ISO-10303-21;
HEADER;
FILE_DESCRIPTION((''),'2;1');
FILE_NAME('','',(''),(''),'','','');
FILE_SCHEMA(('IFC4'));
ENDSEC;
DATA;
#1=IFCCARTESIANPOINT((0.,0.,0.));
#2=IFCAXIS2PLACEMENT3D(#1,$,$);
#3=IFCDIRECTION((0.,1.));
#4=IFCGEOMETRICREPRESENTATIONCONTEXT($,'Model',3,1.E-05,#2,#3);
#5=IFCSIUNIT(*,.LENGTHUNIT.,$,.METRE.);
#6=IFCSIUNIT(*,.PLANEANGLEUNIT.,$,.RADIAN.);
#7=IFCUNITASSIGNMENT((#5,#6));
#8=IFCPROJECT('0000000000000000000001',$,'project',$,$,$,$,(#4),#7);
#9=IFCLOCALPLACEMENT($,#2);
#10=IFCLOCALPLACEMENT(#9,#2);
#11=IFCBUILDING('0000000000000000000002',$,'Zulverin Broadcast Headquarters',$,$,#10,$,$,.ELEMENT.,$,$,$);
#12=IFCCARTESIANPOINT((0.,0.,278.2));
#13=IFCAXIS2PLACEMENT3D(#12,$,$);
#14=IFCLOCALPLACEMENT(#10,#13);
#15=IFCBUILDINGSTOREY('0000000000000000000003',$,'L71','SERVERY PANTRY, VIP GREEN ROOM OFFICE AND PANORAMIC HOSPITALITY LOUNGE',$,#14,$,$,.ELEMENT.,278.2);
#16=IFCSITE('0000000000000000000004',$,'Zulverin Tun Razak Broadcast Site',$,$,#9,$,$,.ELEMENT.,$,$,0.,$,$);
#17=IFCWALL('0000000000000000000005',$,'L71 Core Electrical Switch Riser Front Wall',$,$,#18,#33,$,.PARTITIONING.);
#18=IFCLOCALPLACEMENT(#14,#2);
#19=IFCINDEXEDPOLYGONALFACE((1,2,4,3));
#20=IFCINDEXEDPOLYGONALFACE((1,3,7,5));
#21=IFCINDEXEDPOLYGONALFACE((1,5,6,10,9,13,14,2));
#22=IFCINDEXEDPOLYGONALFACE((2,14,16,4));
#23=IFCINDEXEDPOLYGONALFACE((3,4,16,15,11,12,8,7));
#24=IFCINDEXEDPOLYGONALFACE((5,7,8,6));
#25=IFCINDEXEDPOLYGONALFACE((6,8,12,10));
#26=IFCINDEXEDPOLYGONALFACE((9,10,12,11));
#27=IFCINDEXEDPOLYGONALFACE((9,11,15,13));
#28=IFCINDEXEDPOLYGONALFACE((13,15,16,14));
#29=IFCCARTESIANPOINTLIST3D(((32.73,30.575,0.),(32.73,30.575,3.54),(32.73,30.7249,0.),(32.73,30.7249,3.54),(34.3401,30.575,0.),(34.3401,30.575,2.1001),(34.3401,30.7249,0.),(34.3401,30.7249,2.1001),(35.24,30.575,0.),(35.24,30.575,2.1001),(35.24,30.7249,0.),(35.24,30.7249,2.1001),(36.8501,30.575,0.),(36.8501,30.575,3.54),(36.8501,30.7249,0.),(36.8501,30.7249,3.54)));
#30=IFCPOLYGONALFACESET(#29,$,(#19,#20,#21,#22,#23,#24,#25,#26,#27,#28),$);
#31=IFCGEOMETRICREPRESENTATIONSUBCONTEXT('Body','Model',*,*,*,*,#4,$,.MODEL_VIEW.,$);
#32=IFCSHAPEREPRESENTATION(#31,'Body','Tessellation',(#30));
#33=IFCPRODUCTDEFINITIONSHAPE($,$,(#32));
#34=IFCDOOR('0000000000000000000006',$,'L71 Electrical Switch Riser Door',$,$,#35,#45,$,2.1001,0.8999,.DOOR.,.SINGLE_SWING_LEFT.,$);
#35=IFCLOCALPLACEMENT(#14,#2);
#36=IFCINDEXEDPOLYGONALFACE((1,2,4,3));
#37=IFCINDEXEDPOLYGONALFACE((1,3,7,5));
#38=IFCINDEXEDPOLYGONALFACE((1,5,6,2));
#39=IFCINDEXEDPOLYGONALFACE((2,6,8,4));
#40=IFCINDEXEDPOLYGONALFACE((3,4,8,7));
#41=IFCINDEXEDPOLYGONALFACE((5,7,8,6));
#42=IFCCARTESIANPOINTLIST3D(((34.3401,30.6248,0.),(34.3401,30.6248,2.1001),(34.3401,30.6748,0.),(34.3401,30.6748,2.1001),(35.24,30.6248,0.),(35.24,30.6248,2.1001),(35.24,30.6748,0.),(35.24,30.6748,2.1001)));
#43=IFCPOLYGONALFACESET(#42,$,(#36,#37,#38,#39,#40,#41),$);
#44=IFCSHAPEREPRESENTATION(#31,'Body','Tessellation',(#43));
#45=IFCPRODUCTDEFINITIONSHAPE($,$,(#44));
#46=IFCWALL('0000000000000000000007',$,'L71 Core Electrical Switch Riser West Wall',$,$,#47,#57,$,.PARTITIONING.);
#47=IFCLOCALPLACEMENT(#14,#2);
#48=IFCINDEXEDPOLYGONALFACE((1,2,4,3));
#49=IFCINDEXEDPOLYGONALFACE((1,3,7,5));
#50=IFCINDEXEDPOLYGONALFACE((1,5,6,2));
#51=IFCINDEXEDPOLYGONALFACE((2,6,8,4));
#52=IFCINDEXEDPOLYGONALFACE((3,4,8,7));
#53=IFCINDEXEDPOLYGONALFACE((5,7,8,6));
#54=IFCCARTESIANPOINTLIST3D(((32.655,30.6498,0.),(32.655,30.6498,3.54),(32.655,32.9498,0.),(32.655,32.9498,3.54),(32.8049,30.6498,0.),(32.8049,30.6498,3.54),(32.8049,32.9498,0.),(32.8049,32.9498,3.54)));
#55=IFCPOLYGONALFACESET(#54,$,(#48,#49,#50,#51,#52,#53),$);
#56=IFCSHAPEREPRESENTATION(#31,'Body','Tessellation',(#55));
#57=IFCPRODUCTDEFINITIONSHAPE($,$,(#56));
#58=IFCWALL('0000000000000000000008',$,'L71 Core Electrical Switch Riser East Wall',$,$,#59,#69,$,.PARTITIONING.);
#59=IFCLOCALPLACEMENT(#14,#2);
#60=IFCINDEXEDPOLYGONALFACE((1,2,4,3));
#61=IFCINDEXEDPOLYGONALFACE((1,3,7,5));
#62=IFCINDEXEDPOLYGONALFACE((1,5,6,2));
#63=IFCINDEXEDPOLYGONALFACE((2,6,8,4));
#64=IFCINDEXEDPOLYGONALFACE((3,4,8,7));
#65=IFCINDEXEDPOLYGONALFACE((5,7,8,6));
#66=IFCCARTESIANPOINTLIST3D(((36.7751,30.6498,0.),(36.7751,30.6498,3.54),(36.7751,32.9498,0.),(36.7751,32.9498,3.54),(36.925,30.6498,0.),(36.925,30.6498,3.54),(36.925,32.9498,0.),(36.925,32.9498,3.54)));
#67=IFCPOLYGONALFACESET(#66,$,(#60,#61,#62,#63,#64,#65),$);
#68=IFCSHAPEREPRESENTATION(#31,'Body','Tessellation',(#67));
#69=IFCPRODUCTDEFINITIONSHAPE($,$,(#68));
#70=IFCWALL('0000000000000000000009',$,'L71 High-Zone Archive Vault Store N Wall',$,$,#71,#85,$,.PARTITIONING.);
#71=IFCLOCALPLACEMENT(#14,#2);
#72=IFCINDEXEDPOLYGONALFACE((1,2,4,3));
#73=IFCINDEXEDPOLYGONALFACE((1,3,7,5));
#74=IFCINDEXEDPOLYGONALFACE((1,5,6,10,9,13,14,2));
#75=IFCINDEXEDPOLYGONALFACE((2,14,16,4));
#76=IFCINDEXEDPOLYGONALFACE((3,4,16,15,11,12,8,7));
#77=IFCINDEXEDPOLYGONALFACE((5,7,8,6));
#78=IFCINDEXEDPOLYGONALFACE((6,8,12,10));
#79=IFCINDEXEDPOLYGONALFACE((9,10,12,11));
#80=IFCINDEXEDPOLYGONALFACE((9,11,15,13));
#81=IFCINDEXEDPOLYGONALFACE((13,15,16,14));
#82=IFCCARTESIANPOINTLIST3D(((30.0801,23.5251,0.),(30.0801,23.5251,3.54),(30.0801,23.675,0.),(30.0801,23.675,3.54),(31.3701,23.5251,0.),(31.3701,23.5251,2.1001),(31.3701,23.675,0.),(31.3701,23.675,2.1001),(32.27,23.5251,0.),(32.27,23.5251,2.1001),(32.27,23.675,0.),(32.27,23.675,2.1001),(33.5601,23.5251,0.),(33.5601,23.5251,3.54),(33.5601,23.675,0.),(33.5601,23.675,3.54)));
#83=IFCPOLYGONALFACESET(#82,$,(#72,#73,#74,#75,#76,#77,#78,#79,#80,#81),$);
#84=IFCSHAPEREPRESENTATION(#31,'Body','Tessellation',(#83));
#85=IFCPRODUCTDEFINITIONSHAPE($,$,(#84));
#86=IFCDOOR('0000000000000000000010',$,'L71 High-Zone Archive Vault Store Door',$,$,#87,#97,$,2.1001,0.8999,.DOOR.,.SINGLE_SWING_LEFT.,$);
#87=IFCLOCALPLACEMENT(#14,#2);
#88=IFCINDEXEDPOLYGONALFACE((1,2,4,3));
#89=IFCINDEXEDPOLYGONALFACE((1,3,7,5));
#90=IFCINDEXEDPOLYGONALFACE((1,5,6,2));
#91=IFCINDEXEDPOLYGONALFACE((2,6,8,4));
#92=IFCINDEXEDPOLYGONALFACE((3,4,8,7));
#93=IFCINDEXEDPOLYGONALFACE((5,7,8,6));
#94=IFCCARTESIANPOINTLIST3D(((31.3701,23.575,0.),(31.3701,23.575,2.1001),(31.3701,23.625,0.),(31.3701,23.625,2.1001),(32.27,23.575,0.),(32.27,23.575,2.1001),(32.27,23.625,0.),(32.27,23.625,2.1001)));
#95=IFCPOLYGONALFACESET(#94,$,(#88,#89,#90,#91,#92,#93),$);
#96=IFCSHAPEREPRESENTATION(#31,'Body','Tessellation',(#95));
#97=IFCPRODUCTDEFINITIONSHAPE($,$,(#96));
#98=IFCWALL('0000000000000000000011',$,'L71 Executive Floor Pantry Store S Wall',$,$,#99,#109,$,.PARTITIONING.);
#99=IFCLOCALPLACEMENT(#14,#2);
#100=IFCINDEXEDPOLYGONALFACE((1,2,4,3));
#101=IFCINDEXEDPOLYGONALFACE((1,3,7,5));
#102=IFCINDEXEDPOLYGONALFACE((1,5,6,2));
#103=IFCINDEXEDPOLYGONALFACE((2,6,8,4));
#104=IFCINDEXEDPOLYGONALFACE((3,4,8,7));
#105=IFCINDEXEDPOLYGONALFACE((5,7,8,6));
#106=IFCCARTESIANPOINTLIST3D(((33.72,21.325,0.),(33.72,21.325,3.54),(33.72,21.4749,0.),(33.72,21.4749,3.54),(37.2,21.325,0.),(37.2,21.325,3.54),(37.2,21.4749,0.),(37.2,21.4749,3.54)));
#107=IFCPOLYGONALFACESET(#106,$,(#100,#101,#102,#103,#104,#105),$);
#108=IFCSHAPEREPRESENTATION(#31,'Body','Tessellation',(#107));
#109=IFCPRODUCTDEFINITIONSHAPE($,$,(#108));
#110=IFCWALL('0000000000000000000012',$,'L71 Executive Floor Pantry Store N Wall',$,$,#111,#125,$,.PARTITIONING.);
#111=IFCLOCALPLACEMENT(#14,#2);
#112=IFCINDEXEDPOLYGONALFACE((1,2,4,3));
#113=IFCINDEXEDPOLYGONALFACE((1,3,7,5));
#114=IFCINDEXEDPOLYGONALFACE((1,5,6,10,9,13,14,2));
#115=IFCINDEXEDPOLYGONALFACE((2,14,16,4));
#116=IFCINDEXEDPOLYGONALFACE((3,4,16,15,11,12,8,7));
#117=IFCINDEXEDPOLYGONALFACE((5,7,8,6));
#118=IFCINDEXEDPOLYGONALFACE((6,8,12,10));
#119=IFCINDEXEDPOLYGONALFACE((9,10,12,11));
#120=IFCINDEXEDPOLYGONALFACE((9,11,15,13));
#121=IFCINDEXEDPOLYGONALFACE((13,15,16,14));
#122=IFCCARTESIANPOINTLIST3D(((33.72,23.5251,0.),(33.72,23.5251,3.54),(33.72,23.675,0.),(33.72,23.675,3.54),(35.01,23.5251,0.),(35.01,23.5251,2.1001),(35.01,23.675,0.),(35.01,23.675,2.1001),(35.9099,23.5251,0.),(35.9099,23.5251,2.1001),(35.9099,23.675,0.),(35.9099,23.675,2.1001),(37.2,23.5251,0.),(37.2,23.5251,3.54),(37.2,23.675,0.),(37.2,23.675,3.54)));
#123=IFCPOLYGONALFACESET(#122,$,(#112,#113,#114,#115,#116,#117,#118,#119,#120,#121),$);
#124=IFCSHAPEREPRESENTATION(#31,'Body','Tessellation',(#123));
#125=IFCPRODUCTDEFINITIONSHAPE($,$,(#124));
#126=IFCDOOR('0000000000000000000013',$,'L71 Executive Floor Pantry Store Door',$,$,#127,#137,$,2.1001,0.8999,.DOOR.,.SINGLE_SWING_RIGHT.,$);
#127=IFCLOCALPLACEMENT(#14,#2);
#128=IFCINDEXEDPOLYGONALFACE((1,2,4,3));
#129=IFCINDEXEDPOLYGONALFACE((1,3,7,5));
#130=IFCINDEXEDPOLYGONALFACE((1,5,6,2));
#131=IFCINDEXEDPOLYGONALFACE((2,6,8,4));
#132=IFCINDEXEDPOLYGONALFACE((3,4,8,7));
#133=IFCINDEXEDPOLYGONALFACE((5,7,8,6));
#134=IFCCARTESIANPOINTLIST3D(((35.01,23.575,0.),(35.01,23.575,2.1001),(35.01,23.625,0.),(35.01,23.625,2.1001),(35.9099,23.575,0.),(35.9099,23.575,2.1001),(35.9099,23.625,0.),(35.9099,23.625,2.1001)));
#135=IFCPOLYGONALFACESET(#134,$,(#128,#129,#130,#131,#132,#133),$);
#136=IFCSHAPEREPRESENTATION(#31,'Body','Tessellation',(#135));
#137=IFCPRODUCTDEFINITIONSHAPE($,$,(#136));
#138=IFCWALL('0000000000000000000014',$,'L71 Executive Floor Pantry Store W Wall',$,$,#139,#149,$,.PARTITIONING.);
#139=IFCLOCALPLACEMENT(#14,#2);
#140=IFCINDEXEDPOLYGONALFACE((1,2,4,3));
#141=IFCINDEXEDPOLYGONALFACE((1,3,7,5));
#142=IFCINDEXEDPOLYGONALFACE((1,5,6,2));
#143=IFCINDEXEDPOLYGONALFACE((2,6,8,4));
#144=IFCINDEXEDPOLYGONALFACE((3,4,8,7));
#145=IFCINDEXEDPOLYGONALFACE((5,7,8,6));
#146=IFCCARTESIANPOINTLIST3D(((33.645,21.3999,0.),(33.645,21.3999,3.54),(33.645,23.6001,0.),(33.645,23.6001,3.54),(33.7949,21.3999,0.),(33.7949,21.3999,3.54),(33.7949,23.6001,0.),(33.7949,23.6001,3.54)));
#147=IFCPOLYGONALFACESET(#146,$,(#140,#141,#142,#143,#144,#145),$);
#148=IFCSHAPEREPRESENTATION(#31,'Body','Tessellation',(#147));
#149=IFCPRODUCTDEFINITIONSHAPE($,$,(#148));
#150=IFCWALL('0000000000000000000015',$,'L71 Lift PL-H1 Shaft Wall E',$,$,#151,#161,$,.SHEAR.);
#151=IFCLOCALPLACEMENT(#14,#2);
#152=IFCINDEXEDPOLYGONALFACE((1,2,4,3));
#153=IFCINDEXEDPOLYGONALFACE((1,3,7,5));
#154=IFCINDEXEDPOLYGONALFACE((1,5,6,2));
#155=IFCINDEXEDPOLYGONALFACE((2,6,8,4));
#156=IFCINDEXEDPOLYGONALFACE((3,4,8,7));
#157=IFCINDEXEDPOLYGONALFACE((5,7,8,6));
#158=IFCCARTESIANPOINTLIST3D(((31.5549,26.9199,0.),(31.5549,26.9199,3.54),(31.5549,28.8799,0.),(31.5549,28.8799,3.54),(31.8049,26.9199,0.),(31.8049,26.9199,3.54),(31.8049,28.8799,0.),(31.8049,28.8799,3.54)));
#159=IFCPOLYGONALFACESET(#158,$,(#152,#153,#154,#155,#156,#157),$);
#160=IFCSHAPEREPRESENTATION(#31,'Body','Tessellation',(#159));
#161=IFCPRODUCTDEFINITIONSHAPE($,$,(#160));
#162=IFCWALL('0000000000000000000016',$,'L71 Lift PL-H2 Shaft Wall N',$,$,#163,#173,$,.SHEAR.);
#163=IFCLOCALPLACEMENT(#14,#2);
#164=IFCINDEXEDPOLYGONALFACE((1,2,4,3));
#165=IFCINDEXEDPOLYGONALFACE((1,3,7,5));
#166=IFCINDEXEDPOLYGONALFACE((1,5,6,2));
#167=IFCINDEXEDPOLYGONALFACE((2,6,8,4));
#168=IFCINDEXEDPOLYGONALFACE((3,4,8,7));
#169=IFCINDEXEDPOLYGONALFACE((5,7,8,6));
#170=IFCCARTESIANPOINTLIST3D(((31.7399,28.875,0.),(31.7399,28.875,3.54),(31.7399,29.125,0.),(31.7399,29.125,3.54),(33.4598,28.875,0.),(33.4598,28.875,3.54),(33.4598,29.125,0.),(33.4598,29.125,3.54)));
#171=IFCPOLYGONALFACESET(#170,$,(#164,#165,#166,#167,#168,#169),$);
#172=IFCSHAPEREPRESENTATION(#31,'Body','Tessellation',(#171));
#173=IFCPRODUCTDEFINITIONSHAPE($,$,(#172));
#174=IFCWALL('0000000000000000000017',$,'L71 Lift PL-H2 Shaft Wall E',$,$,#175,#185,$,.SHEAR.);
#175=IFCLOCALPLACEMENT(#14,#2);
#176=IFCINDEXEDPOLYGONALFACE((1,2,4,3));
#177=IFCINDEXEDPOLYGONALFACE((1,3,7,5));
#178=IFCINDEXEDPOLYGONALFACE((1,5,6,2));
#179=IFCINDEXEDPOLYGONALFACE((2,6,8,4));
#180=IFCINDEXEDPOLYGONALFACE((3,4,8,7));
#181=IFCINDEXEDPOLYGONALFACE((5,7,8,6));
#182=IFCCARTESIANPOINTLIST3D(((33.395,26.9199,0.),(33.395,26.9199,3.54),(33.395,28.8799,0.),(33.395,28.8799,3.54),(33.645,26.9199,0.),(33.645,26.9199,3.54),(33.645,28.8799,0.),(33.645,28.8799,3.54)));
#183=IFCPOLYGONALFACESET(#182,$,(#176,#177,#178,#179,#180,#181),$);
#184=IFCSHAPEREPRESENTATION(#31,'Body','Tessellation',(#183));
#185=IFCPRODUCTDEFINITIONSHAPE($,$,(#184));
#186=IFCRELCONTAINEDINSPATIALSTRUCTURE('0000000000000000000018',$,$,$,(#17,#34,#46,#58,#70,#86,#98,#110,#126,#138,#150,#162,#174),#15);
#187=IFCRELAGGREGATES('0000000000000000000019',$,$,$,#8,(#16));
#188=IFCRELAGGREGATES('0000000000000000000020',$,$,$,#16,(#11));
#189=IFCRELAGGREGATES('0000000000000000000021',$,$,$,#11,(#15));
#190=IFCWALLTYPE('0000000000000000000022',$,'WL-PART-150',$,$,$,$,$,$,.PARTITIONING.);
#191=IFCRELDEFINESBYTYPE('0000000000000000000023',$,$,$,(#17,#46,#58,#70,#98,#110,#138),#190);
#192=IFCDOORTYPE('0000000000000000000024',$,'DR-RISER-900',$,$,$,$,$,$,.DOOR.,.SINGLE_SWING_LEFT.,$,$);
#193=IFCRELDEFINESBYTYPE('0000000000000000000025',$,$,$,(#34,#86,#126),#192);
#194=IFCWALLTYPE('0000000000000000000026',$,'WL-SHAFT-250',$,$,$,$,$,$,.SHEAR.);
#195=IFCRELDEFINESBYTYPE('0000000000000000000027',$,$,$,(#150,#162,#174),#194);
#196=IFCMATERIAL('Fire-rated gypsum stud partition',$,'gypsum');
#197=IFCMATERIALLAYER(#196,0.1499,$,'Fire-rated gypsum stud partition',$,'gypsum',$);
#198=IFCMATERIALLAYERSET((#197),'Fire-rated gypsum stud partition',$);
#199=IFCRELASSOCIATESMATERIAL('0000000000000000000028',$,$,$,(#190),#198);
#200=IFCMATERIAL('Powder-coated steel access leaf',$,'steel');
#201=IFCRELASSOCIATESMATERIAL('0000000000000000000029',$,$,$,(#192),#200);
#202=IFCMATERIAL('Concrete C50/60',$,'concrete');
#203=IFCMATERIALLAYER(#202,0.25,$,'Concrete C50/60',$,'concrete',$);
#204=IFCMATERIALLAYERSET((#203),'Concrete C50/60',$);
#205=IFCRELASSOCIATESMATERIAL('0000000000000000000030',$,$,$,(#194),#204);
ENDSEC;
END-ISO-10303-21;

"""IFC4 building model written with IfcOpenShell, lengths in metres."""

from ifc_helpers import new_model, si_unit, direction, frame, frame_2d, origin, place, context, subcontext, project, spatial, rectangle, extrude, material, layer, layer_set, type_object, element, fill, save


model = new_model("IFC4")

# Units and contexts
model_context = context("Model", 3, precision=1e-05, world=origin(), true_north=direction((0.0, 1.0)))
body_context = subcontext(model_context, "Body", "Model", "MODEL_VIEW")
ifc_project = project(units=[si_unit("LENGTHUNIT", "METRE"), si_unit("PLANEANGLEUNIT", "RADIAN")], contexts=[model_context])

# Site, building, storey
site_placement = place(None, origin())
site = spatial("IfcSite", under=ifc_project, at=site_placement, Name="Zulverin Tun Razak Broadcast Site", CompositionType="ELEMENT", RefElevation=0.0)
building_placement = place(site_placement, origin())
building = spatial("IfcBuilding", under=site, at=building_placement, Name="Zulverin Broadcast Headquarters", CompositionType="ELEMENT")
storey_placement = place(building_placement, frame((0.0, 0.0, 278.2)))
storey = spatial("IfcBuildingStorey", under=building, at=storey_placement, Name="L71", Description="SERVERY PANTRY, VIP GREEN ROOM OFFICE AND PANORAMIC HOSPITALITY LOUNGE", CompositionType="ELEMENT", Elevation=278.2)

# Wall, opening, door
ifc_material_1 = material(Name="Fire-rated gypsum stud partition", Category="gypsum")
ifc_layer_1 = layer(ifc_material_1, 0.1499, Name="Fire-rated gypsum stud partition", Category="gypsum")
ifc_layer_set_1 = layer_set([ifc_layer_1], Name="Fire-rated gypsum stud partition")
wall_type_1 = type_object("IfcWallType", Name="WL-PART-150", PredefinedType="PARTITIONING", material=ifc_layer_set_1)
wall_1_placement = place(storey_placement, frame((32.73, 30.6499, 0.0), z_axis=(0.0, 0.0, 1.0), x_axis=(1.0, 0.0, 0.0)))
wall_1 = element("IfcWall", 1, at=wall_1_placement, inside=storey, type_object=wall_type_1, Name="L71 Core Electrical Switch Riser Front Wall", PredefinedType="PARTITIONING", context=body_context, shape_type="SweptSolid", body=[
    extrude(rectangle(XDim=4.1201, YDim=0.1499, at=frame_2d((2.0601, 0.0))), origin(), (0.0, 0.0, 1.0), 3.54),
])
opening_1_placement = place(wall_1_placement, frame((1.6101, 0.0, 0.0)))
opening_1 = element("IfcOpeningElement", 2, at=opening_1_placement, cuts=wall_1, PredefinedType="OPENING", context=body_context, shape_type="SweptSolid", body=[
    extrude(rectangle(XDim=0.8999, YDim=2.1001, at=frame_2d((0.45, 1.05))), frame((0.0, 0.085, 0.0), z_axis=(0.0, -1.0, 0.0), x_axis=(1.0, 0.0, 0.0)), (0.0, 0.0, 1.0), 0.1699),
])
ifc_material_2 = material(Name="Powder-coated steel access leaf", Category="steel")
door_type_1 = type_object("IfcDoorType", Name="DR-RISER-900", OperationType="SINGLE_SWING_LEFT", PredefinedType="DOOR", material=ifc_material_2)
door_1_placement = place(opening_1_placement, origin())
door_1 = element("IfcDoor", 3, at=door_1_placement, inside=storey, type_object=door_type_1, Name="L71 Electrical Switch Riser Door", OperationType="SINGLE_SWING_LEFT", OverallHeight=2.1001, OverallWidth=0.8999, PredefinedType="DOOR", context=body_context, shape_type="SweptSolid", body=[
    extrude(rectangle(XDim=0.8999, YDim=2.1001, at=frame_2d((0.45, 1.05))), frame((0.0, 0.0249, 0.0), z_axis=(0.0, -1.0, 0.0), x_axis=(1.0, 0.0, 0.0)), (0.0, 0.0, 1.0), 0.05),
])
fill(opening_1, door_1)

# Walls
for number, where, z_axis, x_axis, name in (
    (4, (32.73, 30.6499, 0.0), (0.0, 0.0, 1.0), (0.0, 1.0, 0.0), "L71 Core Electrical Switch Riser West Wall"),
    (5, (36.8501, 30.6499, 0.0), (0.0, 0.0, 1.0), (0.0, 1.0, 0.0), "L71 Core Electrical Switch Riser East Wall"),
):
    element("IfcWall", number, at=place(storey_placement, frame(where, z_axis=z_axis, x_axis=x_axis)), inside=storey, type_object=wall_type_1, Name=name, PredefinedType="PARTITIONING", context=body_context, shape_type="SweptSolid", body=[
        extrude(rectangle(XDim=2.3, YDim=0.1499, at=frame_2d((1.1499, 0.0))), origin(), (0.0, 0.0, 1.0), 3.54),
    ])

# Wall, opening, door
wall_2_placement = place(storey_placement, frame((30.0801, 23.6001, 0.0), z_axis=(0.0, 0.0, 1.0), x_axis=(1.0, 0.0, 0.0)))
wall_2 = element("IfcWall", 6, at=wall_2_placement, inside=storey, type_object=wall_type_1, Name="L71 High-Zone Archive Vault Store N Wall", PredefinedType="PARTITIONING", context=body_context, shape_type="SweptSolid", body=[
    extrude(rectangle(XDim=3.48, YDim=0.1499, at=frame_2d((1.74, 0.0))), origin(), (0.0, 0.0, 1.0), 3.54),
])
opening_2_placement = place(wall_2_placement, frame((1.29, 0.0, 0.0)))
opening_2 = element("IfcOpeningElement", 7, at=opening_2_placement, cuts=wall_2, PredefinedType="OPENING", context=body_context, shape_type="SweptSolid", body=[
    extrude(rectangle(XDim=0.8999, YDim=2.1001, at=frame_2d((0.45, 1.05))), frame((0.0, 0.085, 0.0), z_axis=(0.0, -1.0, 0.0), x_axis=(1.0, 0.0, 0.0)), (0.0, 0.0, 1.0), 0.1699),
])
door_2_placement = place(opening_2_placement, origin())
door_2 = element("IfcDoor", 8, at=door_2_placement, inside=storey, type_object=door_type_1, Name="L71 High-Zone Archive Vault Store Door", OperationType="SINGLE_SWING_LEFT", OverallHeight=2.1001, OverallWidth=0.8999, PredefinedType="DOOR", context=body_context, shape_type="SweptSolid", body=[
    extrude(rectangle(XDim=0.8999, YDim=2.1001, at=frame_2d((0.45, 1.05))), frame((0.0, 0.0249, 0.0), z_axis=(0.0, -1.0, 0.0), x_axis=(1.0, 0.0, 0.0)), (0.0, 0.0, 1.0), 0.05),
])
fill(opening_2, door_2)

# Wall
wall_3_placement = place(storey_placement, frame((33.72, 21.3999, 0.0), z_axis=(0.0, 0.0, 1.0), x_axis=(1.0, 0.0, 0.0)))
element("IfcWall", 9, at=wall_3_placement, inside=storey, type_object=wall_type_1, Name="L71 Executive Floor Pantry Store S Wall", PredefinedType="PARTITIONING", context=body_context, shape_type="SweptSolid", body=[
    extrude(rectangle(XDim=3.48, YDim=0.1499, at=frame_2d((1.74, 0.0))), origin(), (0.0, 0.0, 1.0), 3.54),
])

# Wall, opening, door
wall_4_placement = place(storey_placement, frame((33.72, 23.6001, 0.0), z_axis=(0.0, 0.0, 1.0), x_axis=(1.0, 0.0, 0.0)))
wall_4 = element("IfcWall", 10, at=wall_4_placement, inside=storey, type_object=wall_type_1, Name="L71 Executive Floor Pantry Store N Wall", PredefinedType="PARTITIONING", context=body_context, shape_type="SweptSolid", body=[
    extrude(rectangle(XDim=3.48, YDim=0.1499, at=frame_2d((1.74, 0.0))), origin(), (0.0, 0.0, 1.0), 3.54),
])
opening_3_placement = place(wall_4_placement, frame((1.29, 0.0, 0.0)))
opening_3 = element("IfcOpeningElement", 11, at=opening_3_placement, cuts=wall_4, PredefinedType="OPENING", context=body_context, shape_type="SweptSolid", body=[
    extrude(rectangle(XDim=0.8999, YDim=2.1001, at=frame_2d((0.45, 1.05))), frame((0.0, 0.085, 0.0), z_axis=(0.0, -1.0, 0.0), x_axis=(1.0, 0.0, 0.0)), (0.0, 0.0, 1.0), 0.1699),
])
door_3_placement = place(opening_3_placement, origin())
door_3 = element("IfcDoor", 12, at=door_3_placement, inside=storey, type_object=door_type_1, Name="L71 Executive Floor Pantry Store Door", OperationType="SINGLE_SWING_RIGHT", OverallHeight=2.1001, OverallWidth=0.8999, PredefinedType="DOOR", context=body_context, shape_type="SweptSolid", body=[
    extrude(rectangle(XDim=0.8999, YDim=2.1001, at=frame_2d((0.45, 1.05))), frame((0.0, 0.0249, 0.0), z_axis=(0.0, -1.0, 0.0), x_axis=(1.0, 0.0, 0.0)), (0.0, 0.0, 1.0), 0.05),
])
fill(opening_3, door_3)

# Walls
wall_5_placement = place(storey_placement, frame((33.72, 21.3999, 0.0), z_axis=(0.0, 0.0, 1.0), x_axis=(0.0, 1.0, 0.0)))
element("IfcWall", 13, at=wall_5_placement, inside=storey, type_object=wall_type_1, Name="L71 Executive Floor Pantry Store W Wall", PredefinedType="PARTITIONING", context=body_context, shape_type="SweptSolid", body=[
    extrude(rectangle(XDim=2.2002, YDim=0.1499, at=frame_2d((1.1001, 0.0))), origin(), (0.0, 0.0, 1.0), 3.54),
])
ifc_material_3 = material(Name="Concrete C50/60", Category="concrete")
ifc_layer_2 = layer(ifc_material_3, 0.25, Name="Concrete C50/60", Category="concrete")
ifc_layer_set_2 = layer_set([ifc_layer_2], Name="Concrete C50/60")
wall_type_2 = type_object("IfcWallType", Name="WL-SHAFT-250", PredefinedType="SHEAR", material=ifc_layer_set_2)
wall_6_placement = place(storey_placement, frame((31.6799, 26.9199, 0.0), z_axis=(0.0, 0.0, 1.0), x_axis=(0.0, 1.0, 0.0)))
element("IfcWall", 14, at=wall_6_placement, inside=storey, type_object=wall_type_2, Name="L71 Lift PL-H1 Shaft Wall E", PredefinedType="SHEAR", context=body_context, shape_type="SweptSolid", body=[
    extrude(rectangle(XDim=1.96, YDim=0.25, at=frame_2d((0.98, 0.0))), origin(), (0.0, 0.0, 1.0), 3.54),
])

# Walls
wall_7_placement = place(storey_placement, frame((31.74, 29.0, 0.0), z_axis=(0.0, 0.0, 1.0), x_axis=(1.0, 0.0, 0.0)))
element("IfcWall", 15, at=wall_7_placement, inside=storey, type_object=wall_type_2, Name="L71 Lift PL-H2 Shaft Wall N", PredefinedType="SHEAR", context=body_context, shape_type="SweptSolid", body=[
    extrude(rectangle(XDim=1.72, YDim=0.25, at=frame_2d((0.8599, 0.0))), origin(), (0.0, 0.0, 1.0), 3.54),
])
wall_8_placement = place(storey_placement, frame((33.52, 26.9199, 0.0), z_axis=(0.0, 0.0, 1.0), x_axis=(0.0, 1.0, 0.0)))
element("IfcWall", 16, at=wall_8_placement, inside=storey, type_object=wall_type_2, Name="L71 Lift PL-H2 Shaft Wall E", PredefinedType="SHEAR", context=body_context, shape_type="SweptSolid", body=[
    extrude(rectangle(XDim=1.96, YDim=0.25, at=frame_2d((0.98, 0.0))), origin(), (0.0, 0.0, 1.0), 3.54),
])

save(model, "model.ifc")
